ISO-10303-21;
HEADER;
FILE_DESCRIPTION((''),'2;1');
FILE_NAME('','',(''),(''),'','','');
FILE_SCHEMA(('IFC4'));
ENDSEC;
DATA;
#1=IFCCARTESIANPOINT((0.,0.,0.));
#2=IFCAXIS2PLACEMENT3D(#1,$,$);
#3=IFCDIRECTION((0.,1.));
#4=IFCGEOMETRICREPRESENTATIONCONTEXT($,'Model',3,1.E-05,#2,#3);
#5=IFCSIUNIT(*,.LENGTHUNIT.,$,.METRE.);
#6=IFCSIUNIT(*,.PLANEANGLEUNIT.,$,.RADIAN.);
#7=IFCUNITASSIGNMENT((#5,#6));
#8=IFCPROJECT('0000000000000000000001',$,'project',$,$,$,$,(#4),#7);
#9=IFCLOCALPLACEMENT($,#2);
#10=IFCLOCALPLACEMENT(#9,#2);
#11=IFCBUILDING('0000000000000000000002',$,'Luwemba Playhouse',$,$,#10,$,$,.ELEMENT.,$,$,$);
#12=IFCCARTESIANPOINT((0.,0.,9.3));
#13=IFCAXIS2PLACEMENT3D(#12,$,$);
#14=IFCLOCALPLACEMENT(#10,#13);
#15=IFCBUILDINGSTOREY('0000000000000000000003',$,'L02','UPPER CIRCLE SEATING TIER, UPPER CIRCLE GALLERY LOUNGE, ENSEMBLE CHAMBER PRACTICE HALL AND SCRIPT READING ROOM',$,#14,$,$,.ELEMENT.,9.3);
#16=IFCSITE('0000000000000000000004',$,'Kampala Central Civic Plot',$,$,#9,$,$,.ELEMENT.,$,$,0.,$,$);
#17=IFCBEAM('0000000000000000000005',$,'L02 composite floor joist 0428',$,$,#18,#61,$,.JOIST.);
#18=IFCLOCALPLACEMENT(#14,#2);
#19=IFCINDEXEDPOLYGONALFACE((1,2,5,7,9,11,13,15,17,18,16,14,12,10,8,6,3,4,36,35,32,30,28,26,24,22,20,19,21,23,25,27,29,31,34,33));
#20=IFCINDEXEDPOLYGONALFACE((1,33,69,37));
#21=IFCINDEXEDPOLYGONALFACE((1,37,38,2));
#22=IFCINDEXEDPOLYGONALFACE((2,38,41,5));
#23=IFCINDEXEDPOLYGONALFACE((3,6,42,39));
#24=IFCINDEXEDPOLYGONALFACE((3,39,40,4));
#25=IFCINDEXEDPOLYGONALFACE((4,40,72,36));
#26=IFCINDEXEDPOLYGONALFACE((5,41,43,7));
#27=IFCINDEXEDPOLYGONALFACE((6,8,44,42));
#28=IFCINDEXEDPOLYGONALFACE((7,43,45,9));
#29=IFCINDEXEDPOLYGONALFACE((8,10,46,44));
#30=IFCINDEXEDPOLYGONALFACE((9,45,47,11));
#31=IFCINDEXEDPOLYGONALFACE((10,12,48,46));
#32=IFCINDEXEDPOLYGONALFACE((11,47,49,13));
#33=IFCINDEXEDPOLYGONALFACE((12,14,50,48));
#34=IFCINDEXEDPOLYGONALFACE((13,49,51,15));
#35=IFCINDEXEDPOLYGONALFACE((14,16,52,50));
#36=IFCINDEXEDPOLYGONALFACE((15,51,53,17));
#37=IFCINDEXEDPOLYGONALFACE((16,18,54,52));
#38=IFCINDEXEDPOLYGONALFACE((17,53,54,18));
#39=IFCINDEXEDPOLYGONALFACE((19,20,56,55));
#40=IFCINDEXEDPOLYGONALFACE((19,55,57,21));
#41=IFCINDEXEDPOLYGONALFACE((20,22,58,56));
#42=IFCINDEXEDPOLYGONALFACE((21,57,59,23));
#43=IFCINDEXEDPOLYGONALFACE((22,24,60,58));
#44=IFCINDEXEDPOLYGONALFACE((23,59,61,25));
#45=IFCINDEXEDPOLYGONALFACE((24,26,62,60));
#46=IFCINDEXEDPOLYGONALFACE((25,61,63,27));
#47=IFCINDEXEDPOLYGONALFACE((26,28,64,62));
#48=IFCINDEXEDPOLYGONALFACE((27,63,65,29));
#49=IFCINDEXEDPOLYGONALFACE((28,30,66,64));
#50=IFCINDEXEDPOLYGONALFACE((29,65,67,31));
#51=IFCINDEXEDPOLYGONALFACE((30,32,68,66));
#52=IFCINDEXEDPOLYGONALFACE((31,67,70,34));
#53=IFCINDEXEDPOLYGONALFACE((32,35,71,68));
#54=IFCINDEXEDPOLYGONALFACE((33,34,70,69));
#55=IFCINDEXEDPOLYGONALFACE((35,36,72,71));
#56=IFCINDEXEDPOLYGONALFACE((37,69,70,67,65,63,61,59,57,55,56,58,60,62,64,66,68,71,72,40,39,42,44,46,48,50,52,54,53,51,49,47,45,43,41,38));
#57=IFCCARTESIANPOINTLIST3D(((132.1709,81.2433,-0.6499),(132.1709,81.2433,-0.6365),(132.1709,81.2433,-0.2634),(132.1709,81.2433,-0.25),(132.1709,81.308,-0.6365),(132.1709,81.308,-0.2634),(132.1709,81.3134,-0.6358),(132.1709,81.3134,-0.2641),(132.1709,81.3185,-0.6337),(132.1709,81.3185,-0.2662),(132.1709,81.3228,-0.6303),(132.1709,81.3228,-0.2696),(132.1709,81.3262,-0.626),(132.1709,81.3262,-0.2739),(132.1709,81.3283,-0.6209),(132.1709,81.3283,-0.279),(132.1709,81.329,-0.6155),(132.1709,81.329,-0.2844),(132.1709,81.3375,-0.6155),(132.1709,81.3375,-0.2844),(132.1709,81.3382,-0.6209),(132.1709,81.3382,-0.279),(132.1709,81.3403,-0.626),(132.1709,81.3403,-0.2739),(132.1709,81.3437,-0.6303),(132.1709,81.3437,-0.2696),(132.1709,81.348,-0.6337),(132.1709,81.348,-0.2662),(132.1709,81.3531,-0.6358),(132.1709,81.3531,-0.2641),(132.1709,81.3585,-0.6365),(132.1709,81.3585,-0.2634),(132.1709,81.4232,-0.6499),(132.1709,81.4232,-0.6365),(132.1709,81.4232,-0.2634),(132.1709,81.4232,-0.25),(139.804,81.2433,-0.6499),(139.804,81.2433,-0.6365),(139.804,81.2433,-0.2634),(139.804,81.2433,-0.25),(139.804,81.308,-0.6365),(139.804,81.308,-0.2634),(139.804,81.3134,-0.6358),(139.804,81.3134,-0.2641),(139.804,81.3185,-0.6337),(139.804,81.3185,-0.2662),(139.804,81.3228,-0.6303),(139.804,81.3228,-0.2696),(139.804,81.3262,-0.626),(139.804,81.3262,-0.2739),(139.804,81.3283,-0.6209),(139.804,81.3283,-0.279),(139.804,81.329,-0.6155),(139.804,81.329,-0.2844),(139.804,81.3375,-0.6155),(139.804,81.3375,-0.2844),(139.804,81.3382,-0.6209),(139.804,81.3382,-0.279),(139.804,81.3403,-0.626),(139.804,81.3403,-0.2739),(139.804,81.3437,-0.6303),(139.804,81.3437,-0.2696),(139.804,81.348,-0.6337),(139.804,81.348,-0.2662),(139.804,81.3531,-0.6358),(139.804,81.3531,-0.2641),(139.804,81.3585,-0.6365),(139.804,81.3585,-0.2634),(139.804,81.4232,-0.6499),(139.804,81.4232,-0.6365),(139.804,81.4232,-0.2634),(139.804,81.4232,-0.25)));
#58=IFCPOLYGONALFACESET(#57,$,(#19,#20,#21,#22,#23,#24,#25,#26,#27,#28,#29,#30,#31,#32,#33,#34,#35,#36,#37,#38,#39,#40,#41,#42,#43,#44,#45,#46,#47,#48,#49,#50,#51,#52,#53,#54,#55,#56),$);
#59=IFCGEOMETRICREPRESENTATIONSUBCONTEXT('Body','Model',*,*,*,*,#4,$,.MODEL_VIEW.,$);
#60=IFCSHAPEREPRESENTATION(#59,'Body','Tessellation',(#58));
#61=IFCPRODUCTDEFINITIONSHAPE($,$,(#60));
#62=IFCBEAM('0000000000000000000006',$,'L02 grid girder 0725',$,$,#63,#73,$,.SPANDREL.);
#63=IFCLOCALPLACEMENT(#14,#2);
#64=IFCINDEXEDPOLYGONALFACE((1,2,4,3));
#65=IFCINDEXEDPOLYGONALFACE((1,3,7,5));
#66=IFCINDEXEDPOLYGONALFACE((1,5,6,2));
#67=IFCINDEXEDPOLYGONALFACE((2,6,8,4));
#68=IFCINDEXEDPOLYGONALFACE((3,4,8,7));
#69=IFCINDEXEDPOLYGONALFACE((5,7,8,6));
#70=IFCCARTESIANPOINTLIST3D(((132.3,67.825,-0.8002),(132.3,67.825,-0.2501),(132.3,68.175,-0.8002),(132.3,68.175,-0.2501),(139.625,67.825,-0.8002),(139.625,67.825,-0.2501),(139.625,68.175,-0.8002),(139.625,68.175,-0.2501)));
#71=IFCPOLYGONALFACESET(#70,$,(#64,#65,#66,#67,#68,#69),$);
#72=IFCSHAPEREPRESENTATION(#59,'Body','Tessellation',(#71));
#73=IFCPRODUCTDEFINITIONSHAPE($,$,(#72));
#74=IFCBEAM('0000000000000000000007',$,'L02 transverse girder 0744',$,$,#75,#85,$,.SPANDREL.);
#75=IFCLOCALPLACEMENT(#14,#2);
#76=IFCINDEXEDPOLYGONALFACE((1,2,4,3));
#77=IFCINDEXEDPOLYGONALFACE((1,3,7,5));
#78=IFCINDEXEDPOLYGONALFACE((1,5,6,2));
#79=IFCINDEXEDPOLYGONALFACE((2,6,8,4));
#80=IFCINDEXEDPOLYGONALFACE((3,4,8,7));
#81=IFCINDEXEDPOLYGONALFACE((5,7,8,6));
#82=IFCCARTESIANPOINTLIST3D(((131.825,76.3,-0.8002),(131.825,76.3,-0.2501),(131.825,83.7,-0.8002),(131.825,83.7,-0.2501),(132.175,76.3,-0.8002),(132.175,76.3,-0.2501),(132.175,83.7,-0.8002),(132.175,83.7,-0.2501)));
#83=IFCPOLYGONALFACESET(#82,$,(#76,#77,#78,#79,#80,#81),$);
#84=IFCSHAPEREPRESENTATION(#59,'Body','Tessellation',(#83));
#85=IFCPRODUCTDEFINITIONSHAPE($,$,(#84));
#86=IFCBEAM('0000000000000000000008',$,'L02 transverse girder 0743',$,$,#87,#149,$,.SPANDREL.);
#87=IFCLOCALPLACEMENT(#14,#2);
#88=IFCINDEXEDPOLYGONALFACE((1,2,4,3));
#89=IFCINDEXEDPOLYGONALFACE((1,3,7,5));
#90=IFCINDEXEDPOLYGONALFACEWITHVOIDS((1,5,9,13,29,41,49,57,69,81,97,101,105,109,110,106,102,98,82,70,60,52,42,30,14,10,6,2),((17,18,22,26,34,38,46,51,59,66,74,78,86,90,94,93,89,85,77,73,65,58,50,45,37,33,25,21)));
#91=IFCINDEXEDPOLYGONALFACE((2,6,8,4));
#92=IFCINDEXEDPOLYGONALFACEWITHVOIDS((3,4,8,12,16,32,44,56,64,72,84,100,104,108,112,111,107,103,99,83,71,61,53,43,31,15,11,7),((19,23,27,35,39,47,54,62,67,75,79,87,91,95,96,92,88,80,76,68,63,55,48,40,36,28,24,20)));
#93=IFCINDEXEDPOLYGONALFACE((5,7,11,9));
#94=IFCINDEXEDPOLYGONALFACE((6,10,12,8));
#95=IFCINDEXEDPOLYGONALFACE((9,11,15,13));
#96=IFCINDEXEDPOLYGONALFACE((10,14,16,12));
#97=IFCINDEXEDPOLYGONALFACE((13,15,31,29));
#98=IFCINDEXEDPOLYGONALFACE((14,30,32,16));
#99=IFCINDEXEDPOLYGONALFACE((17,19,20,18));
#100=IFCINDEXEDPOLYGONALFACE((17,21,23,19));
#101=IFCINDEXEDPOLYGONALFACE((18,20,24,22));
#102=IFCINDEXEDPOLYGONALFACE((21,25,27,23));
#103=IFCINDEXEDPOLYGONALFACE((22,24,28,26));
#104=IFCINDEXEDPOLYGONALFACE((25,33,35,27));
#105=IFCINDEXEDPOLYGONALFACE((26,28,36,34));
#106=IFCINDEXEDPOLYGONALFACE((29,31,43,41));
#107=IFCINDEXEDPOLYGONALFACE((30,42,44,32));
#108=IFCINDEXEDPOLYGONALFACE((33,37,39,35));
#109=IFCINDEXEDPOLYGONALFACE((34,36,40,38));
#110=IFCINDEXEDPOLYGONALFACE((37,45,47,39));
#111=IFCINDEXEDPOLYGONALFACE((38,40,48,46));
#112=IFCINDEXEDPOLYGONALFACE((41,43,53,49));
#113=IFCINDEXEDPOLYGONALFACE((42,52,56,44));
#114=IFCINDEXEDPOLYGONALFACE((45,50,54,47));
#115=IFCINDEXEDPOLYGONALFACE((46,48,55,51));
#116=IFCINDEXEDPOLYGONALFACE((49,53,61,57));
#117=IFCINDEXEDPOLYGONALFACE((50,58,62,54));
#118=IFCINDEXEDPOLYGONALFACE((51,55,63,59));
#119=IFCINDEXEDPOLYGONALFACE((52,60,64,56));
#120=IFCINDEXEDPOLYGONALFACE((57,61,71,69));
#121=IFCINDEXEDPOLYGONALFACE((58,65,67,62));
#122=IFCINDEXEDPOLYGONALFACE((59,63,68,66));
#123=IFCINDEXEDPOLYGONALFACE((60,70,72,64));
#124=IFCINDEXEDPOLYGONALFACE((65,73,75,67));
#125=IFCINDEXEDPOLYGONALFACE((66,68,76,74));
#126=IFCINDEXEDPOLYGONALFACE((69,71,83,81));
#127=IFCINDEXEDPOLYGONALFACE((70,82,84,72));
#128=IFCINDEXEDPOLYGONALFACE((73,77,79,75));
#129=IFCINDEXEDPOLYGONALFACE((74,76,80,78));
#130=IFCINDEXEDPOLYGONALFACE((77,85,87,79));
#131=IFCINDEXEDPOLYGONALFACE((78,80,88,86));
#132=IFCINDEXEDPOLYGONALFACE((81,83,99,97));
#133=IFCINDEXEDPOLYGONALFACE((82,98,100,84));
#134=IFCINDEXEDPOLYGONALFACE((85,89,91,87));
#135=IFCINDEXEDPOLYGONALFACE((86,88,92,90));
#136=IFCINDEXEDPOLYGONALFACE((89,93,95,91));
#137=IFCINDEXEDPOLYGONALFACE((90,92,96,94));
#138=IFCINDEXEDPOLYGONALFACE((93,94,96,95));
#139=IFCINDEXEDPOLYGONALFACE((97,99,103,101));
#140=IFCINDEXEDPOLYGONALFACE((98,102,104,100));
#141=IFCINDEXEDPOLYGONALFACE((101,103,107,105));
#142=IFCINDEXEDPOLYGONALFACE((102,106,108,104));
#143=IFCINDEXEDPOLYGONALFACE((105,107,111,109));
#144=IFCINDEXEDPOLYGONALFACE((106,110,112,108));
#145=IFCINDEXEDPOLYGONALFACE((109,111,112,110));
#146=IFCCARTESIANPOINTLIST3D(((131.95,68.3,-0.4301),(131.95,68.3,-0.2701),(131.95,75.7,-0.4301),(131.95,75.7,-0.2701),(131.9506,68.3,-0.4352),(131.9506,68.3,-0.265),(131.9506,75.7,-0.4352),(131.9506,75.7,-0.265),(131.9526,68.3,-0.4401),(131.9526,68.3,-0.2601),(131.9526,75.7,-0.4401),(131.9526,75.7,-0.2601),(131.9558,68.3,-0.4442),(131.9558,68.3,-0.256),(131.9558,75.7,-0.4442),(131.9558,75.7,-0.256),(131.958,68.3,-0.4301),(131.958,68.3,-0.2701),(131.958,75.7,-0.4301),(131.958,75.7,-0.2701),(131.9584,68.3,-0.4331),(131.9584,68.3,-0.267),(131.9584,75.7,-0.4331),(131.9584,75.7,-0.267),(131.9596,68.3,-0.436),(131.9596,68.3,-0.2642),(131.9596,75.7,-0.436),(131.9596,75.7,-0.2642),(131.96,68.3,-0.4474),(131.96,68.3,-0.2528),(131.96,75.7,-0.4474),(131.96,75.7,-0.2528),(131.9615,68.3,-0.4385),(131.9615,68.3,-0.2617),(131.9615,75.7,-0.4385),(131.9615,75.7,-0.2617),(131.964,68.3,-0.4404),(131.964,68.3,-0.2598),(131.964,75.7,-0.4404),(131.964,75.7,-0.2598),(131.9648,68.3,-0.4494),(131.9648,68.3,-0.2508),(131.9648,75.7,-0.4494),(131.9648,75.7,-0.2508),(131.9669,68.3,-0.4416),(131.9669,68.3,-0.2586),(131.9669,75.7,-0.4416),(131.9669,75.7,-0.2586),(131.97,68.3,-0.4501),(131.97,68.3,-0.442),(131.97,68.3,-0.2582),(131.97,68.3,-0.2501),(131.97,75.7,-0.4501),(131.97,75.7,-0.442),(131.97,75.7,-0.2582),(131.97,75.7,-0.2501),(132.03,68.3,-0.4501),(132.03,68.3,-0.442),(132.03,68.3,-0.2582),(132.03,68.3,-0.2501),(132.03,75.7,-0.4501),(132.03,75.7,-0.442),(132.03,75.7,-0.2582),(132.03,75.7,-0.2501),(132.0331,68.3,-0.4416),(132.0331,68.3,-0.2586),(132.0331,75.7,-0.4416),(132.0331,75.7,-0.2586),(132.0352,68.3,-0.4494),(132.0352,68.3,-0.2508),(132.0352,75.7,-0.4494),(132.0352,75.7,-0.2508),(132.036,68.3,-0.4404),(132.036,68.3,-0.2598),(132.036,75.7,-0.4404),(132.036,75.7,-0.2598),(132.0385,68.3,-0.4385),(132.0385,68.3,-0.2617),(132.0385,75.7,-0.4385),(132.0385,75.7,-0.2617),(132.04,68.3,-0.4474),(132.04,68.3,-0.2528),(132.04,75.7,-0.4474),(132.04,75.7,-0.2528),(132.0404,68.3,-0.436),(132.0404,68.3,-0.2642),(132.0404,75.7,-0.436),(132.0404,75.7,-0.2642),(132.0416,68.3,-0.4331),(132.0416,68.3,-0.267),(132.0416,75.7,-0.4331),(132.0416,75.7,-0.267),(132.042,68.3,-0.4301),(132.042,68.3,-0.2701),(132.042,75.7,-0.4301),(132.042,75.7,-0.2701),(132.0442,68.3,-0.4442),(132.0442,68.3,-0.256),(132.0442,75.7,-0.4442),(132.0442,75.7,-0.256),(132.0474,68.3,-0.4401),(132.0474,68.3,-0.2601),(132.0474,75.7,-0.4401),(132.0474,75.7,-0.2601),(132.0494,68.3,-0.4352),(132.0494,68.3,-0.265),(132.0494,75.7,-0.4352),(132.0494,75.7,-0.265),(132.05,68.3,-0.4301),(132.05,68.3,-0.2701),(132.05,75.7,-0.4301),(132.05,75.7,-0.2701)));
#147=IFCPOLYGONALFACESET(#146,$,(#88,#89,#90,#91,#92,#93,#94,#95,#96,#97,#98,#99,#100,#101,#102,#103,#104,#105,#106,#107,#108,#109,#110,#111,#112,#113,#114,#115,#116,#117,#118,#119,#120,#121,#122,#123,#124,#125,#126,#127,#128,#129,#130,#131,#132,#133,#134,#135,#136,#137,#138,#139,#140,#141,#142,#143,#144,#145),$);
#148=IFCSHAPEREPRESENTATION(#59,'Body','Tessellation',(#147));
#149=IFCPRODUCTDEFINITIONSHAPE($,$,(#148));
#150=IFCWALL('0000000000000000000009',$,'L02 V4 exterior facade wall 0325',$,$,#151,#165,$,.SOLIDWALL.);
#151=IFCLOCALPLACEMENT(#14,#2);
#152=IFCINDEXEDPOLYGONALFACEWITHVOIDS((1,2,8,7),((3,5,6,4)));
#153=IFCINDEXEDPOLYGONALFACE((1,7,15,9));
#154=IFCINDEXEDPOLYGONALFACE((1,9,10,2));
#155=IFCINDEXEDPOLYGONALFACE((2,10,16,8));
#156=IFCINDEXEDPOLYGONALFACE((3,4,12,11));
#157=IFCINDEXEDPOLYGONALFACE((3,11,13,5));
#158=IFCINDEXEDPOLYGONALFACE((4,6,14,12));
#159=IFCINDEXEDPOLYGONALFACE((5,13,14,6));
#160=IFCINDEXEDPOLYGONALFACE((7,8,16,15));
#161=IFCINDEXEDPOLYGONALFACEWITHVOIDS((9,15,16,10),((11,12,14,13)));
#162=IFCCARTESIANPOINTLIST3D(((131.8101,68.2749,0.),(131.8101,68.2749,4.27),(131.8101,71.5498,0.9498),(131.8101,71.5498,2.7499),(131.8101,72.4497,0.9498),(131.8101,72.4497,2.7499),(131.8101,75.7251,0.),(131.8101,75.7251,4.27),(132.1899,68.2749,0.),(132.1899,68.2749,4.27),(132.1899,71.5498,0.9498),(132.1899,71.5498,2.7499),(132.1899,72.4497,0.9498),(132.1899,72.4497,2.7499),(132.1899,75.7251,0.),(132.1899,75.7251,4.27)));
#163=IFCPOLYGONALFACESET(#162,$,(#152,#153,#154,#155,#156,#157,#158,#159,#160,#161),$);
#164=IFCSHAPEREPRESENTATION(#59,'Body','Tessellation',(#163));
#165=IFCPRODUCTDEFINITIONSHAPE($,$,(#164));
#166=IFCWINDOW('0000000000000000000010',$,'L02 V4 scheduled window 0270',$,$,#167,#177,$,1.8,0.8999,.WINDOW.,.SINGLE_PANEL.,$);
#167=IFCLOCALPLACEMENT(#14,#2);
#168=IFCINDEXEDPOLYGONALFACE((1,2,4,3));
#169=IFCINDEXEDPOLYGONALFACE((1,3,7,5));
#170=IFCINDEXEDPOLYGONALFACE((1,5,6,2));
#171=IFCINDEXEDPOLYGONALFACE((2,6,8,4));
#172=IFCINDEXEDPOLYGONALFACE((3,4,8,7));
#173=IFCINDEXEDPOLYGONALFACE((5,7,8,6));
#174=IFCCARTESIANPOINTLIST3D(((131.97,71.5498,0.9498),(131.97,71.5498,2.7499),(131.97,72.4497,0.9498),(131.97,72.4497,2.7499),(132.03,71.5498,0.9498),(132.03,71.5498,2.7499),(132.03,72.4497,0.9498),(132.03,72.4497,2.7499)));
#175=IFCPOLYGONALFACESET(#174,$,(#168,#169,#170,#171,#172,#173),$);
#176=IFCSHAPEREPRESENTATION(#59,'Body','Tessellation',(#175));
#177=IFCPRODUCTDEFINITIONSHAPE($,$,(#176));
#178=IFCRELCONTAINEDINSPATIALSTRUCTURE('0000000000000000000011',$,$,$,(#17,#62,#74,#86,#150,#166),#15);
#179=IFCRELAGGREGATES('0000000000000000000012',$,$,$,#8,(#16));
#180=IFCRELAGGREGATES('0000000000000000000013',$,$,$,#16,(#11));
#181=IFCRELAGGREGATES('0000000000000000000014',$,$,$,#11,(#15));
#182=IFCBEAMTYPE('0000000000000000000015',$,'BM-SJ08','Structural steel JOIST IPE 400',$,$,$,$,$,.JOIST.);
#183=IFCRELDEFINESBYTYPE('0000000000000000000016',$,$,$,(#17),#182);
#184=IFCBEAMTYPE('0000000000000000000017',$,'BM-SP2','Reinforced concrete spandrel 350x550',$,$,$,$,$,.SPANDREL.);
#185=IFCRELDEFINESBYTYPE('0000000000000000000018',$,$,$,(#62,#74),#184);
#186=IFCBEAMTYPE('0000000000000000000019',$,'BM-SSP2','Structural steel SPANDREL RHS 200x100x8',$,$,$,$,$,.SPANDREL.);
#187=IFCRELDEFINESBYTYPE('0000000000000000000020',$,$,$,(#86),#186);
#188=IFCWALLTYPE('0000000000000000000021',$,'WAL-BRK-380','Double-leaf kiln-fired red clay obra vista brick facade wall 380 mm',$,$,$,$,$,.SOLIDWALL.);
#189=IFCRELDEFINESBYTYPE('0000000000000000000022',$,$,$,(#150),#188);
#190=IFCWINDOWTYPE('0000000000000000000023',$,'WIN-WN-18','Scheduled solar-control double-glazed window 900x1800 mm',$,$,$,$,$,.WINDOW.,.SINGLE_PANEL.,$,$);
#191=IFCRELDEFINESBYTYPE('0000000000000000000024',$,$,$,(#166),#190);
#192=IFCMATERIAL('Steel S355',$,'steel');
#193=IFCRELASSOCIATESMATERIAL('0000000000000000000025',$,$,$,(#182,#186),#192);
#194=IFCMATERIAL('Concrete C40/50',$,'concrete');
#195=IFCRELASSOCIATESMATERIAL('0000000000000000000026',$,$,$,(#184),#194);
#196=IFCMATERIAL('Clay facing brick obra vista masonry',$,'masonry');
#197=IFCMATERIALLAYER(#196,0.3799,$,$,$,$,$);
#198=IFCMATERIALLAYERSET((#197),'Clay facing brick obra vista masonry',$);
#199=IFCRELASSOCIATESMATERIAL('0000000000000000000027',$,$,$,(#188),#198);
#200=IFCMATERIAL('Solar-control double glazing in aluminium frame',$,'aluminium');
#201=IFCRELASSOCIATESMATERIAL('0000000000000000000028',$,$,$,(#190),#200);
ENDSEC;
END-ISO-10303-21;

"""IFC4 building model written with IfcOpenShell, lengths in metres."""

from ifc_helpers import new_model, si_unit, direction, frame, frame_2d, origin, origin_2d, place, context, subcontext, project, spatial, rectangle, hollow_rectangle, i_section, extrude, material, layer, layer_set, material_profile, profile_set, type_object, element, fill, save


model = new_model("IFC4")

# Units and contexts
model_context = context("Model", 3, precision=1e-05, world=origin(), true_north=direction((0.0, 1.0)))
body_context = subcontext(model_context, "Body", "Model", "MODEL_VIEW")
ifc_project = project(units=[si_unit("LENGTHUNIT", "METRE"), si_unit("PLANEANGLEUNIT", "RADIAN")], contexts=[model_context])

# Site, building, storey
site_placement = place(None, origin())
site = spatial("IfcSite", under=ifc_project, at=site_placement, Name="Kampala Central Civic Plot", CompositionType="ELEMENT", RefElevation=0.0)
building_placement = place(site_placement, origin())
building = spatial("IfcBuilding", under=site, at=building_placement, Name="Luwemba Playhouse", CompositionType="ELEMENT")
storey_placement = place(building_placement, frame((0.0, 0.0, 9.3)))
storey = spatial("IfcBuildingStorey", under=building, at=storey_placement, Name="L02", Description="UPPER CIRCLE SEATING TIER, UPPER CIRCLE GALLERY LOUNGE, ENSEMBLE CHAMBER PRACTICE HALL AND SCRIPT READING ROOM", CompositionType="ELEMENT", Elevation=9.3)

# Shared definitions
ifc_material_1 = material(Name="Concrete C40/50", Category="concrete")

# Beams
ifc_material_2 = material(Name="Steel S355", Category="steel")
ifc_material_profile_1 = material_profile(ifc_material_2, i_section(OverallWidth=0.1799, OverallDepth=0.3999, WebThickness=0.0085, FlangeThickness=0.0134, FilletRadius=0.021, at=origin_2d()))
ifc_profile_set_1 = profile_set([ifc_material_profile_1], Name="Steel S355")
beam_type_1 = type_object("IfcBeamType", Name="BM-SJ08", Description="Structural steel JOIST IPE 400", PredefinedType="JOIST", material=ifc_profile_set_1)
beam_1_placement = place(storey_placement, frame((132.1709, 81.3333, -0.45), z_axis=(1.0, 0.0, 0.0), x_axis=(0.0, 1.0, 0.0)))
element("IfcBeam", 1, at=beam_1_placement, inside=storey, type_object=beam_type_1, Name="L02 composite floor joist 0428", PredefinedType="JOIST", context=body_context, shape_type="SweptSolid", body=[
    extrude(i_section(OverallWidth=0.1799, OverallDepth=0.3999, WebThickness=0.0085, FlangeThickness=0.0134, FilletRadius=0.021, at=origin_2d()), origin(), (0.0, 0.0, 1.0), 7.6331),
])
ifc_material_profile_2 = material_profile(ifc_material_1, rectangle(XDim=0.3501, YDim=0.55, at=origin_2d()))
ifc_profile_set_2 = profile_set([ifc_material_profile_2], Name="Concrete C40/50")
beam_type_2 = type_object("IfcBeamType", Name="BM-SP2", Description="Reinforced concrete spandrel 350x550", PredefinedType="SPANDREL", material=ifc_profile_set_2)
beam_2_placement = place(storey_placement, frame((132.3, 68.0, -0.5251), z_axis=(1.0, 0.0, 0.0), x_axis=(0.0, 1.0, 0.0)))
element("IfcBeam", 2, at=beam_2_placement, inside=storey, type_object=beam_type_2, Name="L02 grid girder 0725", PredefinedType="SPANDREL", context=body_context, shape_type="SweptSolid", body=[
    extrude(rectangle(XDim=0.3501, YDim=0.55, at=origin_2d()), origin(), (0.0, 0.0, 1.0), 7.325),
])
beam_3_placement = place(storey_placement, frame((132.0, 76.3, -0.5251), z_axis=(0.0, 1.0, 0.0), x_axis=(-1.0, 0.0, 0.0)))
element("IfcBeam", 3, at=beam_3_placement, inside=storey, type_object=beam_type_2, Name="L02 transverse girder 0744", PredefinedType="SPANDREL", context=body_context, shape_type="SweptSolid", body=[
    extrude(rectangle(XDim=0.3501, YDim=0.55, at=origin_2d()), origin(), (0.0, 0.0, 1.0), 7.3999),
])
ifc_material_profile_3 = material_profile(ifc_material_2, hollow_rectangle(XDim=0.1001, YDim=0.2, WallThickness=0.0081, InnerFilletRadius=0.012, OuterFilletRadius=0.02, at=origin_2d()))
ifc_profile_set_3 = profile_set([ifc_material_profile_3], Name="Steel S355")
beam_type_3 = type_object("IfcBeamType", Name="BM-SSP2", Description="Structural steel SPANDREL RHS 200x100x8", PredefinedType="SPANDREL", material=ifc_profile_set_3)
beam_4_placement = place(storey_placement, frame((132.0, 68.3, -0.3501), z_axis=(0.0, 1.0, 0.0), x_axis=(-1.0, 0.0, 0.0)))
element("IfcBeam", 4, at=beam_4_placement, inside=storey, type_object=beam_type_3, Name="L02 transverse girder 0743", PredefinedType="SPANDREL", context=body_context, shape_type="SweptSolid", body=[
    extrude(hollow_rectangle(XDim=0.1001, YDim=0.2, WallThickness=0.0081, InnerFilletRadius=0.012, OuterFilletRadius=0.02, at=origin_2d()), origin(), (0.0, 0.0, 1.0), 7.3999),
])

# Wall, opening, window
ifc_material_3 = material(Name="Clay facing brick obra vista masonry", Category="masonry")
ifc_layer_1 = layer(ifc_material_3, 0.3799)
ifc_layer_set_1 = layer_set([ifc_layer_1], Name="Clay facing brick obra vista masonry")
wall_type_1 = type_object("IfcWallType", Name="WAL-BRK-380", Description="Double-leaf kiln-fired red clay obra vista brick facade wall 380 mm", PredefinedType="SOLIDWALL", material=ifc_layer_set_1)
wall_1_placement = place(storey_placement, frame((132.0, 68.2749, 0.0), z_axis=(0.0, 0.0, 1.0), x_axis=(0.0, 1.0, 0.0)))
wall_1 = element("IfcWall", 5, at=wall_1_placement, inside=storey, type_object=wall_type_1, Name="L02 V4 exterior facade wall 0325", PredefinedType="SOLIDWALL", context=body_context, shape_type="SweptSolid", body=[
    extrude(rectangle(XDim=7.4502, YDim=0.3799, at=frame_2d((3.7251, 0.0))), origin(), (0.0, 0.0, 1.0), 4.27),
])
opening_1_placement = place(wall_1_placement, frame((3.2749, 0.0, 0.95)))
opening_1 = element("IfcOpeningElement", 6, at=opening_1_placement, cuts=wall_1, PredefinedType="OPENING", context=body_context, shape_type="SweptSolid", body=[
    extrude(rectangle(XDim=0.8999, YDim=1.8, at=frame_2d((0.45, 0.8999))), frame((0.0, 0.2, 0.0), z_axis=(0.0, -1.0, 0.0), x_axis=(1.0, 0.0, 0.0)), (0.0, 0.0, 1.0), 0.3999),
])
ifc_material_4 = material(Name="Solar-control double glazing in aluminium frame", Category="aluminium")
window_type_1 = type_object("IfcWindowType", Name="WIN-WN-18", Description="Scheduled solar-control double-glazed window 900x1800 mm", PartitioningType="SINGLE_PANEL", PredefinedType="WINDOW", material=ifc_material_4)
window_1_placement = place(opening_1_placement, origin())
window_1 = element("IfcWindow", 7, at=window_1_placement, inside=storey, type_object=window_type_1, Name="L02 V4 scheduled window 0270", OverallHeight=1.8, OverallWidth=0.8999, PartitioningType="SINGLE_PANEL", PredefinedType="WINDOW", context=body_context, shape_type="SweptSolid", body=[
    extrude(rectangle(XDim=0.8999, YDim=1.8, at=frame_2d((0.45, 0.8999))), frame((0.0, 0.03, 0.0), z_axis=(0.0, -1.0, 0.0), x_axis=(1.0, 0.0, 0.0)), (0.0, 0.0, 1.0), 0.0601),
])
fill(opening_1, window_1)

save(model, "model.ifc")
